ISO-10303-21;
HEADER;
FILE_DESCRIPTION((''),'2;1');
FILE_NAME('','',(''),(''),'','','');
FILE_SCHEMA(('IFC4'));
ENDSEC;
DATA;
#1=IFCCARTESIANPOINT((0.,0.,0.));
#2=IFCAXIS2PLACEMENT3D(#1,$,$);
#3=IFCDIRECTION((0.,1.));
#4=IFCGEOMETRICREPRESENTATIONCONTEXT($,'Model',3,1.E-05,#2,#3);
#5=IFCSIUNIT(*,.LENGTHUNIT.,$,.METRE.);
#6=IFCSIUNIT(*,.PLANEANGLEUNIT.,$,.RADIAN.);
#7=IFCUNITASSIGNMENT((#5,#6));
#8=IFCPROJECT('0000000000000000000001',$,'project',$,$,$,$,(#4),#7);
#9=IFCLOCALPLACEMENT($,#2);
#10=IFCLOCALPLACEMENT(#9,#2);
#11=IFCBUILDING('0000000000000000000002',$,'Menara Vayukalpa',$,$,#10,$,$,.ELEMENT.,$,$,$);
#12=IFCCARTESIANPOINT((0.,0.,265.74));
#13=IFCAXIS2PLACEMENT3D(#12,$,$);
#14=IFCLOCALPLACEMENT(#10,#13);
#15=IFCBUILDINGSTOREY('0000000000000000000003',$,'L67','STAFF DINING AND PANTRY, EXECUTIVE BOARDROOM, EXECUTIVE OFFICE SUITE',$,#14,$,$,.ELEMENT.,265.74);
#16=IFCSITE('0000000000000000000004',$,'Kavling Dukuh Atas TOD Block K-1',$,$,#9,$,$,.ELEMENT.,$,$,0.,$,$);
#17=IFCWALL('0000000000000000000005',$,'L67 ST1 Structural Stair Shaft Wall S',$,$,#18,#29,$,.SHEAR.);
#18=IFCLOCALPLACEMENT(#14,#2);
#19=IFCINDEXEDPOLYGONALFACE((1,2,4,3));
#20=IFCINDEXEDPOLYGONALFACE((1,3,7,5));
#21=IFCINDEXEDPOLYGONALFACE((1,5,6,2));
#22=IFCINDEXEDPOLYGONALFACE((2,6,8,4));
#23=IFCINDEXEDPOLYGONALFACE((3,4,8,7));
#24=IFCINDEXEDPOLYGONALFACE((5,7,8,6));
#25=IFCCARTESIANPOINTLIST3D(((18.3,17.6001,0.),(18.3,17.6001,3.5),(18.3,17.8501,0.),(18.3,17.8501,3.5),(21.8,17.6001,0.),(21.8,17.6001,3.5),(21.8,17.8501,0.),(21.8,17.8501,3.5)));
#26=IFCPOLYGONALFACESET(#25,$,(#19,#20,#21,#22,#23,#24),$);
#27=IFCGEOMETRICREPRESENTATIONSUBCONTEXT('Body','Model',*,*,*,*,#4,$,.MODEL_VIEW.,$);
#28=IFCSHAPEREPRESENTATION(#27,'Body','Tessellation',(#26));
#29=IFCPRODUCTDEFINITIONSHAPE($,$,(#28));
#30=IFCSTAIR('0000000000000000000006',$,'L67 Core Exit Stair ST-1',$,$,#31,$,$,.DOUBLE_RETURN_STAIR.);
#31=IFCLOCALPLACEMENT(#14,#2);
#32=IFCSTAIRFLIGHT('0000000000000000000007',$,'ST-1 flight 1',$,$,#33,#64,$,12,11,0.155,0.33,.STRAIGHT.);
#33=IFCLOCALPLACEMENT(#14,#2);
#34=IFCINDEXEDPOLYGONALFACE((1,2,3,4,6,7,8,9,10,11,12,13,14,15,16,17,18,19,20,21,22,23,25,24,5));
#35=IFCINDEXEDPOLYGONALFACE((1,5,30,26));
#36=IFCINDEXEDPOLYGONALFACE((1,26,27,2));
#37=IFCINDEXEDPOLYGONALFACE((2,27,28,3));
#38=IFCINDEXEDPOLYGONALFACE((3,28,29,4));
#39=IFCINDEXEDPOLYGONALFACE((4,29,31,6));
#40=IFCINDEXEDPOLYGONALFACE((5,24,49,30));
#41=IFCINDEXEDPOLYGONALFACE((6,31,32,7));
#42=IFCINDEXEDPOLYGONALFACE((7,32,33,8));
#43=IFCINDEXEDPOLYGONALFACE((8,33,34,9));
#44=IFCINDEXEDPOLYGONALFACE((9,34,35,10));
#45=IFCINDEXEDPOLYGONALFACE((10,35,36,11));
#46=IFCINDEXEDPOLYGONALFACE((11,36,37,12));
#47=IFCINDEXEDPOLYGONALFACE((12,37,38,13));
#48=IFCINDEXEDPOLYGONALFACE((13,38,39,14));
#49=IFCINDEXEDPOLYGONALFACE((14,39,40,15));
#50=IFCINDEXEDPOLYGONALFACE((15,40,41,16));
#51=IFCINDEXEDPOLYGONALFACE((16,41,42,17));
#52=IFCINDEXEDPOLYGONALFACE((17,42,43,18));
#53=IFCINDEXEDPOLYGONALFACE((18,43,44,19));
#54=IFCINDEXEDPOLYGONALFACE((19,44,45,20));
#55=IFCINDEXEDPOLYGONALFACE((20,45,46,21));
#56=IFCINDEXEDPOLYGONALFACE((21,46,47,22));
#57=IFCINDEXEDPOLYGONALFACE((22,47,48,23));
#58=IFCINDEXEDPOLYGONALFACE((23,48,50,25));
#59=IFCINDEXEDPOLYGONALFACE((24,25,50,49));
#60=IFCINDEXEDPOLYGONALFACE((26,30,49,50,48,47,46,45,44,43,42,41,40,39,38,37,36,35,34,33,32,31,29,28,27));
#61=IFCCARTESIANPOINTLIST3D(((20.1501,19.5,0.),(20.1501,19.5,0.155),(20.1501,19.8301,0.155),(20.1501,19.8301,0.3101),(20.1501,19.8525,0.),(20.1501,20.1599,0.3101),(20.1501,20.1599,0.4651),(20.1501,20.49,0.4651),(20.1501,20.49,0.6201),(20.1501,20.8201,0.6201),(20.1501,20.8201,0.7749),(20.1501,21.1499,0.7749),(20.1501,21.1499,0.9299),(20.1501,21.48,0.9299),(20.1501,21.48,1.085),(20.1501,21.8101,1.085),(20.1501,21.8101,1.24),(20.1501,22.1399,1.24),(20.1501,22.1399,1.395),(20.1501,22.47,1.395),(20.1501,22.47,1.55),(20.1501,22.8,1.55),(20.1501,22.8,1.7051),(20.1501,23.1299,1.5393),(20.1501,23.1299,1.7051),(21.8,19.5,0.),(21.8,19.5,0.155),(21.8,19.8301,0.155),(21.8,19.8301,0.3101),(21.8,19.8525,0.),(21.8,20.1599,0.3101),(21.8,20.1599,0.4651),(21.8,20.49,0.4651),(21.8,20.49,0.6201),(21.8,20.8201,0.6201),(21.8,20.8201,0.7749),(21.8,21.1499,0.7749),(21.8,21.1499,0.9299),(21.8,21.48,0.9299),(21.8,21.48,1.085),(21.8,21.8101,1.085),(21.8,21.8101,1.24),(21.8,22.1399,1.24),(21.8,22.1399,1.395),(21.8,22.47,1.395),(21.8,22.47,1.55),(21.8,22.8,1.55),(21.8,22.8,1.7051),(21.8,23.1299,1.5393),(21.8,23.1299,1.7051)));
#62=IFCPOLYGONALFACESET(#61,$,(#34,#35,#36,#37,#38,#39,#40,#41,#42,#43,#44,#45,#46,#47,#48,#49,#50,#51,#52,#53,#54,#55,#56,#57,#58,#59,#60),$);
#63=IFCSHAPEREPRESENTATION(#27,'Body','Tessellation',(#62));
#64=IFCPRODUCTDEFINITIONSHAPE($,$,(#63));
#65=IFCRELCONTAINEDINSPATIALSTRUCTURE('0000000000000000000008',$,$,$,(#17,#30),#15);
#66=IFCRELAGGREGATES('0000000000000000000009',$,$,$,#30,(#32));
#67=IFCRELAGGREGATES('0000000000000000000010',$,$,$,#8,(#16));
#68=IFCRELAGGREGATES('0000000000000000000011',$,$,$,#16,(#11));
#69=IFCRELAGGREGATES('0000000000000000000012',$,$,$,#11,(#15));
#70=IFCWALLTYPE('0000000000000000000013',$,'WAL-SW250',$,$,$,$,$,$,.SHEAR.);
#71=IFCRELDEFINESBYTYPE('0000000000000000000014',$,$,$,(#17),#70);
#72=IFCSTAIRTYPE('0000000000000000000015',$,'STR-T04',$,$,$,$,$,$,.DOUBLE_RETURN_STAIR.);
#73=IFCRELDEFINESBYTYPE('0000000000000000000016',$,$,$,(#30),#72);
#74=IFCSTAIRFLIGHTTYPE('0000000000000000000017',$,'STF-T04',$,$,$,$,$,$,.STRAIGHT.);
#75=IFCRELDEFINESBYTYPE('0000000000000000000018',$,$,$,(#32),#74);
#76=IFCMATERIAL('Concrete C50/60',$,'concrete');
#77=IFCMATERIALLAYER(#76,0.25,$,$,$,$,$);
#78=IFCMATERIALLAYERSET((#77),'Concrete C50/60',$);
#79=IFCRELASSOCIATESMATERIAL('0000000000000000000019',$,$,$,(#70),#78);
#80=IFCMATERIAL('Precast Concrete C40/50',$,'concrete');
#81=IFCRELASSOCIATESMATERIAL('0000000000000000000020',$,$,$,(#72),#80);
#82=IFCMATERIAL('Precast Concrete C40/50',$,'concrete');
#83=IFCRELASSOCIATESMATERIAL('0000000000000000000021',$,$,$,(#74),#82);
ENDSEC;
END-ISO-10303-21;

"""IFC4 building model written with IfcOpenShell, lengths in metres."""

from ifc_helpers import new_model, si_unit, direction, frame, frame_2d, origin, place, context, subcontext, project, spatial, polyline, rectangle, outline, extrude, material, layer, layer_set, type_object, element, aggregate, save


model = new_model("IFC4")

# Units and contexts
model_context = context("Model", 3, precision=1e-05, world=origin(), true_north=direction((0.0, 1.0)))
body_context = subcontext(model_context, "Body", "Model", "MODEL_VIEW")
ifc_project = project(units=[si_unit("LENGTHUNIT", "METRE"), si_unit("PLANEANGLEUNIT", "RADIAN")], contexts=[model_context])

# Site, building, storey
site_placement = place(None, origin())
site = spatial("IfcSite", under=ifc_project, at=site_placement, Name="Kavling Dukuh Atas TOD Block K-1", CompositionType="ELEMENT", RefElevation=0.0)
building_placement = place(site_placement, origin())
building = spatial("IfcBuilding", under=site, at=building_placement, Name="Menara Vayukalpa", CompositionType="ELEMENT")
storey_placement = place(building_placement, frame((0.0, 0.0, 265.74)))
storey = spatial("IfcBuildingStorey", under=building, at=storey_placement, Name="L67", Description="STAFF DINING AND PANTRY, EXECUTIVE BOARDROOM, EXECUTIVE OFFICE SUITE", CompositionType="ELEMENT", Elevation=265.74)

# Shared definitions
ifc_material_1 = material(Name="Concrete C50/60", Category="concrete")
ifc_layer_1 = layer(ifc_material_1, 0.25)
ifc_layer_set_1 = layer_set([ifc_layer_1], Name="Concrete C50/60")
wall_type_1 = type_object("IfcWallType", Name="WAL-SW250", PredefinedType="SHEAR", material=ifc_layer_set_1)

# Wall
wall_1_placement = place(storey_placement, frame((18.3, 17.7251, 0.0), z_axis=(0.0, 0.0, 1.0), x_axis=(1.0, 0.0, 0.0)))
element("IfcWall", 1, at=wall_1_placement, inside=storey, type_object=wall_type_1, Name="L67 ST1 Structural Stair Shaft Wall S", PredefinedType="SHEAR", context=body_context, shape_type="SweptSolid", body=[
    extrude(rectangle(XDim=3.5, YDim=0.25, at=frame_2d((1.75, 0.0))), origin(), (0.0, 0.0, 1.0), 3.5),
])

# Stair, stair flight
ifc_material_2 = material(Name="Precast Concrete C40/50", Category="concrete")
stair_type = type_object("IfcStairType", Name="STR-T04", PredefinedType="DOUBLE_RETURN_STAIR", material=ifc_material_2)
stair_placement = place(storey_placement, origin())
stair = element("IfcStair", 2, at=stair_placement, inside=storey, type_object=stair_type, Name="L67 Core Exit Stair ST-1", PredefinedType="DOUBLE_RETURN_STAIR")
ifc_material_3 = material(Name="Precast Concrete C40/50", Category="concrete")
stair_flight_type = type_object("IfcStairFlightType", Name="STF-T04", PredefinedType="STRAIGHT", material=ifc_material_3)
stair_flight_placement = place(storey_placement, frame((20.9751, 19.5, 0.0), z_axis=(0.0, 0.0, 1.0), x_axis=(0.0, 1.0, 0.0)))
stair_flight = element("IfcStairFlight", 3, at=stair_flight_placement, type_object=stair_flight_type, Name="ST-1 flight 1", NumberOfRisers=12, NumberOfTreads=11, PredefinedType="STRAIGHT", RiserHeight=0.155, TreadLength=0.33, context=body_context, shape_type="SweptSolid", body=[
    extrude(outline(polyline([(0.0, 0.0), (0.0, 0.155), (0.3301, 0.155), (0.3301, 0.3101), (0.6599, 0.3101), (0.6599, 0.4651), (0.99, 0.4651), (0.99, 0.6201), (1.3201, 0.6201), (1.3201, 0.7749), (1.6499, 0.7749), (1.6499, 0.9299), (1.98, 0.9299), (1.98, 1.085), (2.3101, 1.085), (2.3101, 1.24), (2.6399, 1.24), (2.6399, 1.395), (2.97, 1.395), (2.97, 1.55), (3.3, 1.55), (3.3, 1.7051), (3.6299, 1.7051), (3.6299, 1.8601), (3.6299, 1.5393), (0.3525, 0.0), (0.0, 0.0)])), frame((0.0, 0.825, 0.0), z_axis=(0.0, -1.0, 0.0), x_axis=(1.0, 0.0, 0.0)), (0.0, 0.0, 1.0), 1.6499),
])
aggregate(stair, [stair_flight])

save(model, "model.ifc")
